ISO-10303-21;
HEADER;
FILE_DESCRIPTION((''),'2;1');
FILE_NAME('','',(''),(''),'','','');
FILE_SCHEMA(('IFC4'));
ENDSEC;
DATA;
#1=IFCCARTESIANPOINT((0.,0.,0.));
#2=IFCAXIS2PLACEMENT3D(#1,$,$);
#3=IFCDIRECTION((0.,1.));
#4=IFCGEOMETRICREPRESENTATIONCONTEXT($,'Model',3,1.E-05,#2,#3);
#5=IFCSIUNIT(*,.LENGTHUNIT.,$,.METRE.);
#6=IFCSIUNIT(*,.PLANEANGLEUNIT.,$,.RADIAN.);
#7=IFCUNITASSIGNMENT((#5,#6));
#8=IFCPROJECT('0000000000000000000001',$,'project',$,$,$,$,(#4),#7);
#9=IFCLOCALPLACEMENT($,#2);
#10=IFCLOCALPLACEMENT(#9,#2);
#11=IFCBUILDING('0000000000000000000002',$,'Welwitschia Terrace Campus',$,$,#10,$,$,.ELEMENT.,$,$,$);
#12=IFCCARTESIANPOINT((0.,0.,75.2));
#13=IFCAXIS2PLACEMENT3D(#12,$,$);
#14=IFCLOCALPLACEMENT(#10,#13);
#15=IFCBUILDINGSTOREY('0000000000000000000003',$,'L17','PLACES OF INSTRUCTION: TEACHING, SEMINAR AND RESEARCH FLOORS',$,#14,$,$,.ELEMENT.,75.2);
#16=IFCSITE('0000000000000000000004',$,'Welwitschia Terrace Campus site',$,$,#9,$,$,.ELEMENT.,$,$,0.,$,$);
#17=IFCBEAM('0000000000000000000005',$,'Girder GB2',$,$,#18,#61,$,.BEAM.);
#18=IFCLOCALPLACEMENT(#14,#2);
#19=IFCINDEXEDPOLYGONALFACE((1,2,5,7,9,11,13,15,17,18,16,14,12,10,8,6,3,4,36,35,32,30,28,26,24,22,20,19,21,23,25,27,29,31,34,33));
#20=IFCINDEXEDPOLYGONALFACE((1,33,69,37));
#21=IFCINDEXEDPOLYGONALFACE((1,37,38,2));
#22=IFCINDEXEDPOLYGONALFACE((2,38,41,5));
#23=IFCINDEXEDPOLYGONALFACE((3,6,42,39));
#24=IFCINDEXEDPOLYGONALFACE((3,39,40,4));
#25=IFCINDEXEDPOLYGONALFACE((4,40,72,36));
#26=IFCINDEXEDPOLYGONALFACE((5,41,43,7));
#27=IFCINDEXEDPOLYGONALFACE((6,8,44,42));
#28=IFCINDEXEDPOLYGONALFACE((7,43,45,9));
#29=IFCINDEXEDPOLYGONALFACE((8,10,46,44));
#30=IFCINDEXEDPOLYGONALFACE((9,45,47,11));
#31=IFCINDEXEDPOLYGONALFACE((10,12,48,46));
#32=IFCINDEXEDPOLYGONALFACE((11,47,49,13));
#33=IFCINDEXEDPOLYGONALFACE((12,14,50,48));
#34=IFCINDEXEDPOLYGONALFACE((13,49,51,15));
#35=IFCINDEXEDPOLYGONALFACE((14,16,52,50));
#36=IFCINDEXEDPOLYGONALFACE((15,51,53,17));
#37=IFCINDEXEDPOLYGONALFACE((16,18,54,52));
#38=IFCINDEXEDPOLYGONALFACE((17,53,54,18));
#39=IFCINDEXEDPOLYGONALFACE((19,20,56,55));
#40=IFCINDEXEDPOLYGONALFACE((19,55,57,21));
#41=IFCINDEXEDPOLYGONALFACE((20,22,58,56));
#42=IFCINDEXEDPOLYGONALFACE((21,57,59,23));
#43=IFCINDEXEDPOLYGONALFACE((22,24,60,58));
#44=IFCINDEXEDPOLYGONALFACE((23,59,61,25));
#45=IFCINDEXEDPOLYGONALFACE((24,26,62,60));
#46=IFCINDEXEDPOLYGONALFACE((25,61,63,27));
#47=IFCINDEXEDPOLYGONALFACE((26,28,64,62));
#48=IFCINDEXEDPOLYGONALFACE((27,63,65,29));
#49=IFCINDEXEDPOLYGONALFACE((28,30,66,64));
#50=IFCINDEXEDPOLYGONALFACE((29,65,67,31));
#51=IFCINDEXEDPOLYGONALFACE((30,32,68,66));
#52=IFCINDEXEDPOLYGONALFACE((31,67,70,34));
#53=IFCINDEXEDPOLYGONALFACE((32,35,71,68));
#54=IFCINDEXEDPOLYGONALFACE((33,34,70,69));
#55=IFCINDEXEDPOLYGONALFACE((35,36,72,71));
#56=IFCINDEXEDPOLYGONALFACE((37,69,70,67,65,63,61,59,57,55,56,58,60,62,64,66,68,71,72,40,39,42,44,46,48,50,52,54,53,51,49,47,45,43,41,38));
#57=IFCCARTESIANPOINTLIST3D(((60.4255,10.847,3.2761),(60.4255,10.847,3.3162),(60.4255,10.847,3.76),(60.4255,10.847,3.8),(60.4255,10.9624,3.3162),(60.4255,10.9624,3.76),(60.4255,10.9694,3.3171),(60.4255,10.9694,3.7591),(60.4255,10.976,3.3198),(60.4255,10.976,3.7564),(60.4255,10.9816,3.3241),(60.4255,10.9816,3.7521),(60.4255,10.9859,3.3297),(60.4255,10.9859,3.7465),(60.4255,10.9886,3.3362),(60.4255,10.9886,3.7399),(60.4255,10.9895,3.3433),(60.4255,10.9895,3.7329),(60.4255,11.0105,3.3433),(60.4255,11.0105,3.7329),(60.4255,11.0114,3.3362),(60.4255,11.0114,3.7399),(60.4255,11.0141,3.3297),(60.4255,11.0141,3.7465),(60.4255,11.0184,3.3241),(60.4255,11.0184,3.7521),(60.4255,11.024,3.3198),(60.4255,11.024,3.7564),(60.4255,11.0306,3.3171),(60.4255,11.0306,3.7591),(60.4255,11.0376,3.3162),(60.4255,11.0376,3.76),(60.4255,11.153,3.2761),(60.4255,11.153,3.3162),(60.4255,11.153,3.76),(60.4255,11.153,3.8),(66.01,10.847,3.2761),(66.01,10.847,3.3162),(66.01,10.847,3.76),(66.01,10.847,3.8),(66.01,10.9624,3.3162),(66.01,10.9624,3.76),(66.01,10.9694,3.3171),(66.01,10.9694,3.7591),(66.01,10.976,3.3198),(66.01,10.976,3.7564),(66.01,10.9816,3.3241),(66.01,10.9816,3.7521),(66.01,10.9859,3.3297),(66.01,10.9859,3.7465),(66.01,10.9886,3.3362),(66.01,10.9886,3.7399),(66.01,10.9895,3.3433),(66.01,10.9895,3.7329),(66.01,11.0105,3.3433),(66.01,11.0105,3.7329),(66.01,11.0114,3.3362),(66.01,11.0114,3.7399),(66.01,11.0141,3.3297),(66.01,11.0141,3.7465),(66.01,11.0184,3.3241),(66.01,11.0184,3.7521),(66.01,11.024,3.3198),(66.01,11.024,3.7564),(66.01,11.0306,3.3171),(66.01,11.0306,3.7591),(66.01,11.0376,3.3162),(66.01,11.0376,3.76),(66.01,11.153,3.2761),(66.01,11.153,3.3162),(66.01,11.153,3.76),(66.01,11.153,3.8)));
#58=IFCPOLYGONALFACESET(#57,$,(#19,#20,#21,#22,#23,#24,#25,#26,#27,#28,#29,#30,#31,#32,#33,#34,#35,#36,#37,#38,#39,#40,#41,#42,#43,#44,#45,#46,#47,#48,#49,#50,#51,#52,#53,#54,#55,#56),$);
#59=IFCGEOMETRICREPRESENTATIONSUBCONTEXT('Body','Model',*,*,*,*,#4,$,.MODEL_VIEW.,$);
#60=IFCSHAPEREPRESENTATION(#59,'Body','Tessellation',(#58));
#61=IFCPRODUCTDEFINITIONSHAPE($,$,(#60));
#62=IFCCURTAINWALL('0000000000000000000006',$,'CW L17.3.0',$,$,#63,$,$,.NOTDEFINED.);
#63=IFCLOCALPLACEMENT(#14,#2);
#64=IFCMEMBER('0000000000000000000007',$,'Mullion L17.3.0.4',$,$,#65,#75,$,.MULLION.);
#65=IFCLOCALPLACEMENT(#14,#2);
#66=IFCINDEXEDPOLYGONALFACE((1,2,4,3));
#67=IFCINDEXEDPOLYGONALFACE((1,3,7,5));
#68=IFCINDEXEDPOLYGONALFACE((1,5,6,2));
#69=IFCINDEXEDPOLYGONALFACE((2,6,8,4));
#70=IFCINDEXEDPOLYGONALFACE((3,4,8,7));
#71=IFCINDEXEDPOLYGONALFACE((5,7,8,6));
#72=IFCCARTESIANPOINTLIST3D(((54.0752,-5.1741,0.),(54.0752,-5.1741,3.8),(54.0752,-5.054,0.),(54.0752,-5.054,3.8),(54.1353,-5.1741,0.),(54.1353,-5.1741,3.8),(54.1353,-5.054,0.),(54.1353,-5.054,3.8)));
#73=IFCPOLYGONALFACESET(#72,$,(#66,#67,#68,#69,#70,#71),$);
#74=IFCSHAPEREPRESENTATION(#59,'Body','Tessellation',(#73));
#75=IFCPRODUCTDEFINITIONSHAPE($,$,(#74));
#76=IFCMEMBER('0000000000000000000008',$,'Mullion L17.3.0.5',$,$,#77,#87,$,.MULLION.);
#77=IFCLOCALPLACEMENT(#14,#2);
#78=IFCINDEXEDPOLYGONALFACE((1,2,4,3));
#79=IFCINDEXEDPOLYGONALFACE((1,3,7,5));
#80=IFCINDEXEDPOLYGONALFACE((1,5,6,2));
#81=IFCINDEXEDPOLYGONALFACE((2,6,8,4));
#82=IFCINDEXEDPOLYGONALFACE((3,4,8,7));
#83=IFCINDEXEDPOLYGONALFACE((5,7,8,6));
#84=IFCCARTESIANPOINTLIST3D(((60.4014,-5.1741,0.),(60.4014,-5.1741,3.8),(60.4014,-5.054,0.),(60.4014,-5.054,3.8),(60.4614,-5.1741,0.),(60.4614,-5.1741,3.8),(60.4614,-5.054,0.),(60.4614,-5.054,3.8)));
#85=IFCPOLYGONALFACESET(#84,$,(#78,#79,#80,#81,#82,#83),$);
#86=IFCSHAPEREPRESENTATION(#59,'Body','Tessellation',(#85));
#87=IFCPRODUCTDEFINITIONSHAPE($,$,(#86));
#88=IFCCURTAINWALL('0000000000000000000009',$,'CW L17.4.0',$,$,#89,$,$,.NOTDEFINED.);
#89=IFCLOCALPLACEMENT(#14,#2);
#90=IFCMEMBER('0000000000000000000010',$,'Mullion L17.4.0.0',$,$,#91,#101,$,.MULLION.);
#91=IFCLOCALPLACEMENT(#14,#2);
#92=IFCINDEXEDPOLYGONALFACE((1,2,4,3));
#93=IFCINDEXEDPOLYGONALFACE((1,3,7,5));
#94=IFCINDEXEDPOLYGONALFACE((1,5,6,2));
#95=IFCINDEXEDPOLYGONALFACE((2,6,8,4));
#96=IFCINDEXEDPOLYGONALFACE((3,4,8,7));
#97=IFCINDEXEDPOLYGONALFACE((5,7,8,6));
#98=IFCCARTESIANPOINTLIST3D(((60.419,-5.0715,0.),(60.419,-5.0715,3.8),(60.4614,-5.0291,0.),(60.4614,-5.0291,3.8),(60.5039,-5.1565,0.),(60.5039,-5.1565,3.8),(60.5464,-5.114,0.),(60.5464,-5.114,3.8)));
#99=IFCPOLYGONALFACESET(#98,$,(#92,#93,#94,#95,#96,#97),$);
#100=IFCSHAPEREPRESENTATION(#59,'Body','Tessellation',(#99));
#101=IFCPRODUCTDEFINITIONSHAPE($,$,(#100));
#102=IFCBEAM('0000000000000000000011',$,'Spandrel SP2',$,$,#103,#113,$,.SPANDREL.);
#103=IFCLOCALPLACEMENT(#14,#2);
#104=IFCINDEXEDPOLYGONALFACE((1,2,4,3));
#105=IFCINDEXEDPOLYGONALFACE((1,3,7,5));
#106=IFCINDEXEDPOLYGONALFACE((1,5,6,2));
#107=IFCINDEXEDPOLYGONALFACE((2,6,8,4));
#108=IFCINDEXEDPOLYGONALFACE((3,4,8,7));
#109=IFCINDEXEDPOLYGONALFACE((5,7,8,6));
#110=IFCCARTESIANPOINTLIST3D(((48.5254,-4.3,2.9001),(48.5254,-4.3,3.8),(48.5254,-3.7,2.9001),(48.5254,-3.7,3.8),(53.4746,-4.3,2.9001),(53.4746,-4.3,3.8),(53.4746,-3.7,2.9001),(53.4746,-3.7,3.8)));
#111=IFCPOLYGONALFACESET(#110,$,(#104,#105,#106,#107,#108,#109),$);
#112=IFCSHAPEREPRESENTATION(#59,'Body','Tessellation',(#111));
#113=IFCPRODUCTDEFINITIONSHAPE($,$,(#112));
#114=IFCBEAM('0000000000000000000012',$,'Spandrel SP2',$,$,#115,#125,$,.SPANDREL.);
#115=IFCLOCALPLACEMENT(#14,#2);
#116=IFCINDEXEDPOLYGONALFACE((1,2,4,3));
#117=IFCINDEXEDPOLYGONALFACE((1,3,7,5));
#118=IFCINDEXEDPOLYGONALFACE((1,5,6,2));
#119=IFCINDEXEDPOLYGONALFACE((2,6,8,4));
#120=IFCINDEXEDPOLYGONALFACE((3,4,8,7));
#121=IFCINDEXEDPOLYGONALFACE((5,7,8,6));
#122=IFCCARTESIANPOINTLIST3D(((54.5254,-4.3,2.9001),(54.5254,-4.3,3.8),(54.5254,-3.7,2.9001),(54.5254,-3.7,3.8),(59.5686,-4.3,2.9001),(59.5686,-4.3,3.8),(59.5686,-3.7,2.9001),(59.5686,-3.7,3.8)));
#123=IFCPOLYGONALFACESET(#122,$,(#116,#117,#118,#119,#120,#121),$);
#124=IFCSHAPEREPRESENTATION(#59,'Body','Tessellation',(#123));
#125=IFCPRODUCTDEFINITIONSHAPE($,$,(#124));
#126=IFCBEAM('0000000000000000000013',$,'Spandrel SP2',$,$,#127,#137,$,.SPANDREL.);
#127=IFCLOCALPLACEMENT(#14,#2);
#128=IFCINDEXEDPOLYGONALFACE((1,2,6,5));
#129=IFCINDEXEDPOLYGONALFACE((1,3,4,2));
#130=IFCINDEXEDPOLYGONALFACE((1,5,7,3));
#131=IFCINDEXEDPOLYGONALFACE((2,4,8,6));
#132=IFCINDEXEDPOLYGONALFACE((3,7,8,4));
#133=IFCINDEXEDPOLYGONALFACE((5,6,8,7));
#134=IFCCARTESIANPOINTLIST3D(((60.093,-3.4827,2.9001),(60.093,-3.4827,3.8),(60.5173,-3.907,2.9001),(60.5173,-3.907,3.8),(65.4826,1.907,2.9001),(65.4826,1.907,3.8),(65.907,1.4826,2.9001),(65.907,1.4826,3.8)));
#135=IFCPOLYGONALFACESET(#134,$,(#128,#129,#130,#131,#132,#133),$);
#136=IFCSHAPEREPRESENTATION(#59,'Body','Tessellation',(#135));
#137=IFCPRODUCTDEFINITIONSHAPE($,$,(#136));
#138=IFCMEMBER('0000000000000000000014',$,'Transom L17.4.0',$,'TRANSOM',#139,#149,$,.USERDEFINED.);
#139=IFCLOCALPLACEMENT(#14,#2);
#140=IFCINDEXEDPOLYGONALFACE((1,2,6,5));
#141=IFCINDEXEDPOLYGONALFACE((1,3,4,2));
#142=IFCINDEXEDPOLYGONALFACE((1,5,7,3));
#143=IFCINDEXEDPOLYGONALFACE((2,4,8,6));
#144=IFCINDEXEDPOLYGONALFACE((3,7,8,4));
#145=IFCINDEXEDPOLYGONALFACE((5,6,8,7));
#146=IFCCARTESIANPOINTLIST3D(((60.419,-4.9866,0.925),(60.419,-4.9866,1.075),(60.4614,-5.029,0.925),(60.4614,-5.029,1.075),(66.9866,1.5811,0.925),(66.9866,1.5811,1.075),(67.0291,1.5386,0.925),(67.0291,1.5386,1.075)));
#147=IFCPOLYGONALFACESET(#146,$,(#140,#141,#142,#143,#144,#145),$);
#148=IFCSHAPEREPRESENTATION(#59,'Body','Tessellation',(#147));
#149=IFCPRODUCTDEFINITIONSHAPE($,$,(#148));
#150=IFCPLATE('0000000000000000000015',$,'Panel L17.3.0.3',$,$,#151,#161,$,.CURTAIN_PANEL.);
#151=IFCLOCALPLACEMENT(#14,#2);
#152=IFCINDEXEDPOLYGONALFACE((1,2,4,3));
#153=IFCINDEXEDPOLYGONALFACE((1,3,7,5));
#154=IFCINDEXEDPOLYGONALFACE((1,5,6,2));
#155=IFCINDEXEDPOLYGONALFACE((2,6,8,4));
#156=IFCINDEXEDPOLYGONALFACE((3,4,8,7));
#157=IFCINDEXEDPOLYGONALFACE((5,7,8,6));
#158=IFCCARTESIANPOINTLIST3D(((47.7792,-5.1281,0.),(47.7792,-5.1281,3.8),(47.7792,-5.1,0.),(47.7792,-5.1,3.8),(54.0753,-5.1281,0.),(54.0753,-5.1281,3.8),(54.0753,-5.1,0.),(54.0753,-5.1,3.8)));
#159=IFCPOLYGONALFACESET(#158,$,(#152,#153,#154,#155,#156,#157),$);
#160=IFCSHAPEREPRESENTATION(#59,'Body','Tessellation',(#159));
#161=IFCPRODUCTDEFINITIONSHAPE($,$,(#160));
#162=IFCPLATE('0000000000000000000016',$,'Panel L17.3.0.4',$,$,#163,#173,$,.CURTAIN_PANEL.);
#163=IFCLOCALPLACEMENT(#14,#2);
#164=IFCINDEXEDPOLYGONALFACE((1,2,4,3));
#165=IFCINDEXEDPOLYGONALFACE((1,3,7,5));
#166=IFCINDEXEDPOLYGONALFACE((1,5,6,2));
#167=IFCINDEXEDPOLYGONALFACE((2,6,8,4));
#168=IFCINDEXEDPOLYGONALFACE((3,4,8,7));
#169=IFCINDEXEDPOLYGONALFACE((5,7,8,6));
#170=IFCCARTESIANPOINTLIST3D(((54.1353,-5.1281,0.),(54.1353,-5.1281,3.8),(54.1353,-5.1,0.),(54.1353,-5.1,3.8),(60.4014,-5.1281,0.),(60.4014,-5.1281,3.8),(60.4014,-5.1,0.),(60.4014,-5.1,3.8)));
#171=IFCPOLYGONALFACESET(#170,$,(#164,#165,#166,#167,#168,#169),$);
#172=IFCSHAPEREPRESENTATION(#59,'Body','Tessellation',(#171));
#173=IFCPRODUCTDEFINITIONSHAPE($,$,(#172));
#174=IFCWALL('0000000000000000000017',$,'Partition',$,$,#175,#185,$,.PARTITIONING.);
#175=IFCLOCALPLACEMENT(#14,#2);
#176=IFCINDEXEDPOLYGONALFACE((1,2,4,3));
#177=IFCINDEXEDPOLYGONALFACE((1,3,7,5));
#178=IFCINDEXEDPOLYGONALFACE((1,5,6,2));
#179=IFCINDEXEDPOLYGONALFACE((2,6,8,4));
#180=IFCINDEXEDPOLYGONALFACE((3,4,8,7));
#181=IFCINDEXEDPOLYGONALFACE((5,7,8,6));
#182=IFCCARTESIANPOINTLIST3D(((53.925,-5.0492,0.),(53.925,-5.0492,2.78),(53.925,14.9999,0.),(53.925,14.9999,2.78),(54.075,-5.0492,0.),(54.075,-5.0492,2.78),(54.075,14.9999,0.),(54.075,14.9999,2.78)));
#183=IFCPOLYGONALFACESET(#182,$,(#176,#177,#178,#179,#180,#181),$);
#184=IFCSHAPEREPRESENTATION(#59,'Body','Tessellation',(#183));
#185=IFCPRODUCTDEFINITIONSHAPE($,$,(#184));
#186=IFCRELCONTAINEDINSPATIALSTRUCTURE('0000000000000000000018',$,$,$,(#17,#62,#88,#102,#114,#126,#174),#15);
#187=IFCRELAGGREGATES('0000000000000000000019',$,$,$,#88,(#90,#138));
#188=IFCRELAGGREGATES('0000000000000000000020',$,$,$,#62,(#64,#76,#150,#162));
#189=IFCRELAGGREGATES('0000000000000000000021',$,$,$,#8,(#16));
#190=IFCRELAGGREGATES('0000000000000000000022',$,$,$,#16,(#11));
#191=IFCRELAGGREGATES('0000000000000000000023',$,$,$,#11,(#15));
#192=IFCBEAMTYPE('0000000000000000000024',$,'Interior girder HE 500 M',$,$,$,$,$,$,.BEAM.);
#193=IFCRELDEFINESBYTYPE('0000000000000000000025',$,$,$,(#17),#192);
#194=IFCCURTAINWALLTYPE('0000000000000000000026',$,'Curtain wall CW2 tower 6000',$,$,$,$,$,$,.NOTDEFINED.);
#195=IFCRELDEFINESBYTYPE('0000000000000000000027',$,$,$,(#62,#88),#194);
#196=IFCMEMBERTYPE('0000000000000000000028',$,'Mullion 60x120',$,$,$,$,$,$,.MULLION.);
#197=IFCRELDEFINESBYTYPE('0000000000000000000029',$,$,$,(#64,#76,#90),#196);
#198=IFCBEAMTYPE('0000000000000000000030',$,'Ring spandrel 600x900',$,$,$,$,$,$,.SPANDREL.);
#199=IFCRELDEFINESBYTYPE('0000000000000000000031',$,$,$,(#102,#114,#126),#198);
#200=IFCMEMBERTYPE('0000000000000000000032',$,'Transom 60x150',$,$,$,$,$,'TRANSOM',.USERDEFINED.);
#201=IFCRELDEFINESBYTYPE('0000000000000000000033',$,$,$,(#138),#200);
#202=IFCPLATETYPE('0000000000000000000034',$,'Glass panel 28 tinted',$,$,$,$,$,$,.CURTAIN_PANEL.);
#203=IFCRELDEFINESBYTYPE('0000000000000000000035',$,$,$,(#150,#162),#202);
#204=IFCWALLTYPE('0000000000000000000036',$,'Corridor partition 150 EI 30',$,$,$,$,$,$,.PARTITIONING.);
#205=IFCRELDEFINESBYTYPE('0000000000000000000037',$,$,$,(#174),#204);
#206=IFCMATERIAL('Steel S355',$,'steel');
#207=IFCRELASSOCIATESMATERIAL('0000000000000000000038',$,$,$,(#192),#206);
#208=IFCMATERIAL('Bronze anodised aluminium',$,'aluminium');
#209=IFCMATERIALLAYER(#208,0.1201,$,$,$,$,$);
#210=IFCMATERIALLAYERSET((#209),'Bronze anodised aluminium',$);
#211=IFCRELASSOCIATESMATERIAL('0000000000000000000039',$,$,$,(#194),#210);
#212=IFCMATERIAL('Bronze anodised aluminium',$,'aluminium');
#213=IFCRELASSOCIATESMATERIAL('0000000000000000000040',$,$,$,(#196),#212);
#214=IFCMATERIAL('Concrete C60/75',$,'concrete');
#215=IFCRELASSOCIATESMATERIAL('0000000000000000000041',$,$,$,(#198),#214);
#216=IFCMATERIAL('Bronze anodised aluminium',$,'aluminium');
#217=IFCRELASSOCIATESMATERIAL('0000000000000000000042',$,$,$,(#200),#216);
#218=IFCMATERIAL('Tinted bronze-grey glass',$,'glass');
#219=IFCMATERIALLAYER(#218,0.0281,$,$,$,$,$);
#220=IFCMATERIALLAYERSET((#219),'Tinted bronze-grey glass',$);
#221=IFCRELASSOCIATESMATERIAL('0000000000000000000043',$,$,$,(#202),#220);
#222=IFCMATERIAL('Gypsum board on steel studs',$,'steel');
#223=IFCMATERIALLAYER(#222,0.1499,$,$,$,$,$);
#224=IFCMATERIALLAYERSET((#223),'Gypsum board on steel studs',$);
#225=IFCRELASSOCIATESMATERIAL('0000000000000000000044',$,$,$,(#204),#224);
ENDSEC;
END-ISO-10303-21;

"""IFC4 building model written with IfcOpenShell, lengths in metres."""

from ifc_helpers import new_model, si_unit, direction, frame, frame_2d, origin, origin_2d, place, context, subcontext, project, spatial, rectangle, i_section, extrude, material, layer, layer_set, material_profile, profile_set, type_object, element, aggregate, save


model = new_model("IFC4")

# Units and contexts
model_context = context("Model", 3, precision=1e-05, world=origin(), true_north=direction((0.0, 1.0)))
body_context = subcontext(model_context, "Body", "Model", "MODEL_VIEW")
ifc_project = project(units=[si_unit("LENGTHUNIT", "METRE"), si_unit("PLANEANGLEUNIT", "RADIAN")], contexts=[model_context])

# Site, building, storey
site_placement = place(None, origin())
site = spatial("IfcSite", under=ifc_project, at=site_placement, Name="Welwitschia Terrace Campus site", CompositionType="ELEMENT", RefElevation=0.0)
building_placement = place(site_placement, origin())
building = spatial("IfcBuilding", under=site, at=building_placement, Name="Welwitschia Terrace Campus", CompositionType="ELEMENT")
storey_placement = place(building_placement, frame((0.0, 0.0, 75.2)))
storey = spatial("IfcBuildingStorey", under=building, at=storey_placement, Name="L17", Description="PLACES OF INSTRUCTION: TEACHING, SEMINAR AND RESEARCH FLOORS", CompositionType="ELEMENT", Elevation=75.2)

# Beam
ifc_material_1 = material(Name="Steel S355", Category="steel")
ifc_material_profile_1 = material_profile(ifc_material_1, i_section(OverallWidth=0.3059, OverallDepth=0.5239, WebThickness=0.021, FlangeThickness=0.04, FilletRadius=0.0271, at=origin_2d()))
ifc_profile_set_1 = profile_set([ifc_material_profile_1], Name="Steel S355")
beam_type_1 = type_object("IfcBeamType", Name="Interior girder HE 500 M", PredefinedType="BEAM", material=ifc_profile_set_1)
for number, where, z_axis, x_axis, name in (
    (1, (60.4255, 11.0, 3.5381), (1.0, 0.0, 0.0), (0.0, 1.0, 0.0), "Girder GB2"),
):
    element("IfcBeam", number, at=place(storey_placement, frame(where, z_axis=z_axis, x_axis=x_axis)), inside=storey, type_object=beam_type_1, Name=name, PredefinedType="BEAM", context=body_context, shape_type="SweptSolid", body=[
        extrude(i_section(OverallWidth=0.3059, OverallDepth=0.5239, WebThickness=0.021, FlangeThickness=0.04, FilletRadius=0.0271, at=origin_2d()), origin(), (0.0, 0.0, 1.0), 5.5845),
    ])

# Curtain wall, members
ifc_material_2 = material(Name="Bronze anodised aluminium", Category="aluminium")
ifc_layer_1 = layer(ifc_material_2, 0.1201)
ifc_layer_set_1 = layer_set([ifc_layer_1], Name="Bronze anodised aluminium")
curtain_wall_type = type_object("IfcCurtainWallType", Name="Curtain wall CW2 tower 6000", PredefinedType="NOTDEFINED", material=ifc_layer_set_1)
curtain_wall_1_placement = place(storey_placement, origin())
curtain_wall_1 = element("IfcCurtainWall", 2, at=curtain_wall_1_placement, inside=storey, type_object=curtain_wall_type, Name="CW L17.3.0", PredefinedType="NOTDEFINED")
ifc_material_3 = material(Name="Bronze anodised aluminium", Category="aluminium")
ifc_material_profile_2 = material_profile(ifc_material_3, rectangle(XDim=0.1201, YDim=0.0601, at=origin_2d()))
ifc_profile_set_2 = profile_set([ifc_material_profile_2], Name="Bronze anodised aluminium")
member_type_1 = type_object("IfcMemberType", Name="Mullion 60x120", PredefinedType="MULLION", material=ifc_profile_set_2)
member_1_placement = place(storey_placement, frame((54.1052, -5.114, 0.0), z_axis=(0.0, 0.0, 1.0), x_axis=(0.0, 1.0, 0.0)))
member_1 = element("IfcMember", 3, at=member_1_placement, type_object=member_type_1, Name="Mullion L17.3.0.4", PredefinedType="MULLION", context=body_context, shape_type="SweptSolid", body=[
    extrude(rectangle(XDim=0.1201, YDim=0.0601, at=origin_2d()), origin(), (0.0, 0.0, 1.0), 3.8),
])
member_2_placement = place(storey_placement, frame((60.4314, -5.114, 0.0), z_axis=(0.0, 0.0, 1.0), x_axis=(0.0, 1.0, 0.0)))
member_2 = element("IfcMember", 4, at=member_2_placement, type_object=member_type_1, Name="Mullion L17.3.0.5", PredefinedType="MULLION", context=body_context, shape_type="SweptSolid", body=[
    extrude(rectangle(XDim=0.1201, YDim=0.0601, at=origin_2d()), origin(), (0.0, 0.0, 1.0), 3.8),
])

# Curtain wall, member
curtain_wall_2_placement = place(storey_placement, origin())
curtain_wall_2 = element("IfcCurtainWall", 5, at=curtain_wall_2_placement, inside=storey, type_object=curtain_wall_type, Name="CW L17.4.0", PredefinedType="NOTDEFINED")
member_3_placement = place(storey_placement, frame((60.4827, -5.0928, 0.0), z_axis=(0.0, 0.0, 1.0), x_axis=(-0.707107, 0.707107, 0.0)))
member_3 = element("IfcMember", 6, at=member_3_placement, type_object=member_type_1, Name="Mullion L17.4.0.0", PredefinedType="MULLION", context=body_context, shape_type="SweptSolid", body=[
    extrude(rectangle(XDim=0.1201, YDim=0.0601, at=origin_2d()), origin(), (0.0, 0.0, 1.0), 3.8),
])

# Beams
ifc_material_4 = material(Name="Concrete C60/75", Category="concrete")
ifc_material_profile_3 = material_profile(ifc_material_4, rectangle(XDim=0.6001, YDim=0.8999, at=origin_2d()))
ifc_profile_set_3 = profile_set([ifc_material_profile_3], Name="Concrete C60/75")
beam_type_2 = type_object("IfcBeamType", Name="Ring spandrel 600x900", PredefinedType="SPANDREL", material=ifc_profile_set_3)
beam_1_placement = place(storey_placement, frame((48.5254, -4.0, 3.3501), z_axis=(1.0, 0.0, 0.0), x_axis=(0.0, 1.0, 0.0)))
element("IfcBeam", 7, at=beam_1_placement, inside=storey, type_object=beam_type_2, Name="Spandrel SP2", PredefinedType="SPANDREL", context=body_context, shape_type="SweptSolid", body=[
    extrude(rectangle(XDim=0.6001, YDim=0.8999, at=origin_2d()), origin(), (0.0, 0.0, 1.0), 4.9492),
])
beam_2_placement = place(storey_placement, frame((54.5254, -4.0, 3.3501), z_axis=(1.0, 0.0, 0.0), x_axis=(0.0, 1.0, 0.0)))
element("IfcBeam", 8, at=beam_2_placement, inside=storey, type_object=beam_type_2, Name="Spandrel SP2", PredefinedType="SPANDREL", context=body_context, shape_type="SweptSolid", body=[
    extrude(rectangle(XDim=0.6001, YDim=0.8999, at=origin_2d()), origin(), (0.0, 0.0, 1.0), 5.0432),
])
beam_3_placement = place(storey_placement, frame((60.3052, -3.6948, 3.3501), z_axis=(0.707107, 0.707107, 0.0), x_axis=(-0.707107, 0.707107, 0.0)))
element("IfcBeam", 9, at=beam_3_placement, inside=storey, type_object=beam_type_2, Name="Spandrel SP2", PredefinedType="SPANDREL", context=body_context, shape_type="SweptSolid", body=[
    extrude(rectangle(XDim=0.6001, YDim=0.8999, at=origin_2d()), origin(), (0.0, 0.0, 1.0), 7.6221),
])

# Member
ifc_material_5 = material(Name="Bronze anodised aluminium", Category="aluminium")
ifc_material_profile_4 = material_profile(ifc_material_5, rectangle(XDim=0.0601, YDim=0.1499, at=origin_2d()))
ifc_profile_set_4 = profile_set([ifc_material_profile_4], Name="Bronze anodised aluminium")
member_type_2 = type_object("IfcMemberType", Name="Transom 60x150", ElementType="TRANSOM", PredefinedType="USERDEFINED", material=ifc_profile_set_4)
member_4_placement = place(storey_placement, frame((60.4402, -5.0078, 1.0), z_axis=(0.707107, 0.707107, 0.0), x_axis=(-0.707107, 0.707107, 0.0)))
member_4 = element("IfcMember", 10, at=member_4_placement, type_object=member_type_2, Name="Transom L17.4.0", ObjectType="TRANSOM", PredefinedType="USERDEFINED", context=body_context, shape_type="SweptSolid", body=[
    extrude(rectangle(XDim=0.0601, YDim=0.1499, at=origin_2d()), origin(), (0.0, 0.0, 1.0), 9.2881),
])
aggregate(curtain_wall_2, [member_3, member_4])

# Plates
ifc_material_6 = material(Name="Tinted bronze-grey glass", Category="glass")
ifc_layer_2 = layer(ifc_material_6, 0.0281)
ifc_layer_set_2 = layer_set([ifc_layer_2], Name="Tinted bronze-grey glass")
plate_type = type_object("IfcPlateType", Name="Glass panel 28 tinted", PredefinedType="CURTAIN_PANEL", material=ifc_layer_set_2)
plate_1_placement = place(storey_placement, frame((50.9272, -5.114, 0.0), z_axis=(0.0, 0.0, 1.0), x_axis=(1.0, 0.0, 0.0)))
plate_1 = element("IfcPlate", 11, at=plate_1_placement, type_object=plate_type, Name="Panel L17.3.0.3", PredefinedType="CURTAIN_PANEL", context=body_context, shape_type="SweptSolid", body=[
    extrude(rectangle(XDim=6.2961, YDim=0.0281, at=origin_2d()), origin(), (0.0, 0.0, 1.0), 3.8),
])
plate_2_placement = place(storey_placement, frame((57.2683, -5.114, 0.0), z_axis=(0.0, 0.0, 1.0), x_axis=(1.0, 0.0, 0.0)))
plate_2 = element("IfcPlate", 12, at=plate_2_placement, type_object=plate_type, Name="Panel L17.3.0.4", PredefinedType="CURTAIN_PANEL", context=body_context, shape_type="SweptSolid", body=[
    extrude(rectangle(XDim=6.2661, YDim=0.0281, at=origin_2d()), origin(), (0.0, 0.0, 1.0), 3.8),
])
aggregate(curtain_wall_1, [member_1, member_2, plate_1, plate_2])

# Wall
ifc_material_7 = material(Name="Gypsum board on steel studs", Category="steel")
ifc_layer_3 = layer(ifc_material_7, 0.1499)
ifc_layer_set_3 = layer_set([ifc_layer_3], Name="Gypsum board on steel studs")
wall_type = type_object("IfcWallType", Name="Corridor partition 150 EI 30", PredefinedType="PARTITIONING", material=ifc_layer_set_3)
wall_1_placement = place(storey_placement, frame((54.0, -5.0491, 0.0), z_axis=(0.0, 0.0, 1.0), x_axis=(0.0, 1.0, 0.0)))
element("IfcWall", 13, at=wall_1_placement, inside=storey, type_object=wall_type, Name="Partition", PredefinedType="PARTITIONING", context=body_context, shape_type="SweptSolid", body=[
    extrude(rectangle(XDim=20.0491, YDim=0.1499, at=frame_2d((10.0244, 0.0))), origin(), (0.0, 0.0, 1.0), 2.78),
])

save(model, "model.ifc")
